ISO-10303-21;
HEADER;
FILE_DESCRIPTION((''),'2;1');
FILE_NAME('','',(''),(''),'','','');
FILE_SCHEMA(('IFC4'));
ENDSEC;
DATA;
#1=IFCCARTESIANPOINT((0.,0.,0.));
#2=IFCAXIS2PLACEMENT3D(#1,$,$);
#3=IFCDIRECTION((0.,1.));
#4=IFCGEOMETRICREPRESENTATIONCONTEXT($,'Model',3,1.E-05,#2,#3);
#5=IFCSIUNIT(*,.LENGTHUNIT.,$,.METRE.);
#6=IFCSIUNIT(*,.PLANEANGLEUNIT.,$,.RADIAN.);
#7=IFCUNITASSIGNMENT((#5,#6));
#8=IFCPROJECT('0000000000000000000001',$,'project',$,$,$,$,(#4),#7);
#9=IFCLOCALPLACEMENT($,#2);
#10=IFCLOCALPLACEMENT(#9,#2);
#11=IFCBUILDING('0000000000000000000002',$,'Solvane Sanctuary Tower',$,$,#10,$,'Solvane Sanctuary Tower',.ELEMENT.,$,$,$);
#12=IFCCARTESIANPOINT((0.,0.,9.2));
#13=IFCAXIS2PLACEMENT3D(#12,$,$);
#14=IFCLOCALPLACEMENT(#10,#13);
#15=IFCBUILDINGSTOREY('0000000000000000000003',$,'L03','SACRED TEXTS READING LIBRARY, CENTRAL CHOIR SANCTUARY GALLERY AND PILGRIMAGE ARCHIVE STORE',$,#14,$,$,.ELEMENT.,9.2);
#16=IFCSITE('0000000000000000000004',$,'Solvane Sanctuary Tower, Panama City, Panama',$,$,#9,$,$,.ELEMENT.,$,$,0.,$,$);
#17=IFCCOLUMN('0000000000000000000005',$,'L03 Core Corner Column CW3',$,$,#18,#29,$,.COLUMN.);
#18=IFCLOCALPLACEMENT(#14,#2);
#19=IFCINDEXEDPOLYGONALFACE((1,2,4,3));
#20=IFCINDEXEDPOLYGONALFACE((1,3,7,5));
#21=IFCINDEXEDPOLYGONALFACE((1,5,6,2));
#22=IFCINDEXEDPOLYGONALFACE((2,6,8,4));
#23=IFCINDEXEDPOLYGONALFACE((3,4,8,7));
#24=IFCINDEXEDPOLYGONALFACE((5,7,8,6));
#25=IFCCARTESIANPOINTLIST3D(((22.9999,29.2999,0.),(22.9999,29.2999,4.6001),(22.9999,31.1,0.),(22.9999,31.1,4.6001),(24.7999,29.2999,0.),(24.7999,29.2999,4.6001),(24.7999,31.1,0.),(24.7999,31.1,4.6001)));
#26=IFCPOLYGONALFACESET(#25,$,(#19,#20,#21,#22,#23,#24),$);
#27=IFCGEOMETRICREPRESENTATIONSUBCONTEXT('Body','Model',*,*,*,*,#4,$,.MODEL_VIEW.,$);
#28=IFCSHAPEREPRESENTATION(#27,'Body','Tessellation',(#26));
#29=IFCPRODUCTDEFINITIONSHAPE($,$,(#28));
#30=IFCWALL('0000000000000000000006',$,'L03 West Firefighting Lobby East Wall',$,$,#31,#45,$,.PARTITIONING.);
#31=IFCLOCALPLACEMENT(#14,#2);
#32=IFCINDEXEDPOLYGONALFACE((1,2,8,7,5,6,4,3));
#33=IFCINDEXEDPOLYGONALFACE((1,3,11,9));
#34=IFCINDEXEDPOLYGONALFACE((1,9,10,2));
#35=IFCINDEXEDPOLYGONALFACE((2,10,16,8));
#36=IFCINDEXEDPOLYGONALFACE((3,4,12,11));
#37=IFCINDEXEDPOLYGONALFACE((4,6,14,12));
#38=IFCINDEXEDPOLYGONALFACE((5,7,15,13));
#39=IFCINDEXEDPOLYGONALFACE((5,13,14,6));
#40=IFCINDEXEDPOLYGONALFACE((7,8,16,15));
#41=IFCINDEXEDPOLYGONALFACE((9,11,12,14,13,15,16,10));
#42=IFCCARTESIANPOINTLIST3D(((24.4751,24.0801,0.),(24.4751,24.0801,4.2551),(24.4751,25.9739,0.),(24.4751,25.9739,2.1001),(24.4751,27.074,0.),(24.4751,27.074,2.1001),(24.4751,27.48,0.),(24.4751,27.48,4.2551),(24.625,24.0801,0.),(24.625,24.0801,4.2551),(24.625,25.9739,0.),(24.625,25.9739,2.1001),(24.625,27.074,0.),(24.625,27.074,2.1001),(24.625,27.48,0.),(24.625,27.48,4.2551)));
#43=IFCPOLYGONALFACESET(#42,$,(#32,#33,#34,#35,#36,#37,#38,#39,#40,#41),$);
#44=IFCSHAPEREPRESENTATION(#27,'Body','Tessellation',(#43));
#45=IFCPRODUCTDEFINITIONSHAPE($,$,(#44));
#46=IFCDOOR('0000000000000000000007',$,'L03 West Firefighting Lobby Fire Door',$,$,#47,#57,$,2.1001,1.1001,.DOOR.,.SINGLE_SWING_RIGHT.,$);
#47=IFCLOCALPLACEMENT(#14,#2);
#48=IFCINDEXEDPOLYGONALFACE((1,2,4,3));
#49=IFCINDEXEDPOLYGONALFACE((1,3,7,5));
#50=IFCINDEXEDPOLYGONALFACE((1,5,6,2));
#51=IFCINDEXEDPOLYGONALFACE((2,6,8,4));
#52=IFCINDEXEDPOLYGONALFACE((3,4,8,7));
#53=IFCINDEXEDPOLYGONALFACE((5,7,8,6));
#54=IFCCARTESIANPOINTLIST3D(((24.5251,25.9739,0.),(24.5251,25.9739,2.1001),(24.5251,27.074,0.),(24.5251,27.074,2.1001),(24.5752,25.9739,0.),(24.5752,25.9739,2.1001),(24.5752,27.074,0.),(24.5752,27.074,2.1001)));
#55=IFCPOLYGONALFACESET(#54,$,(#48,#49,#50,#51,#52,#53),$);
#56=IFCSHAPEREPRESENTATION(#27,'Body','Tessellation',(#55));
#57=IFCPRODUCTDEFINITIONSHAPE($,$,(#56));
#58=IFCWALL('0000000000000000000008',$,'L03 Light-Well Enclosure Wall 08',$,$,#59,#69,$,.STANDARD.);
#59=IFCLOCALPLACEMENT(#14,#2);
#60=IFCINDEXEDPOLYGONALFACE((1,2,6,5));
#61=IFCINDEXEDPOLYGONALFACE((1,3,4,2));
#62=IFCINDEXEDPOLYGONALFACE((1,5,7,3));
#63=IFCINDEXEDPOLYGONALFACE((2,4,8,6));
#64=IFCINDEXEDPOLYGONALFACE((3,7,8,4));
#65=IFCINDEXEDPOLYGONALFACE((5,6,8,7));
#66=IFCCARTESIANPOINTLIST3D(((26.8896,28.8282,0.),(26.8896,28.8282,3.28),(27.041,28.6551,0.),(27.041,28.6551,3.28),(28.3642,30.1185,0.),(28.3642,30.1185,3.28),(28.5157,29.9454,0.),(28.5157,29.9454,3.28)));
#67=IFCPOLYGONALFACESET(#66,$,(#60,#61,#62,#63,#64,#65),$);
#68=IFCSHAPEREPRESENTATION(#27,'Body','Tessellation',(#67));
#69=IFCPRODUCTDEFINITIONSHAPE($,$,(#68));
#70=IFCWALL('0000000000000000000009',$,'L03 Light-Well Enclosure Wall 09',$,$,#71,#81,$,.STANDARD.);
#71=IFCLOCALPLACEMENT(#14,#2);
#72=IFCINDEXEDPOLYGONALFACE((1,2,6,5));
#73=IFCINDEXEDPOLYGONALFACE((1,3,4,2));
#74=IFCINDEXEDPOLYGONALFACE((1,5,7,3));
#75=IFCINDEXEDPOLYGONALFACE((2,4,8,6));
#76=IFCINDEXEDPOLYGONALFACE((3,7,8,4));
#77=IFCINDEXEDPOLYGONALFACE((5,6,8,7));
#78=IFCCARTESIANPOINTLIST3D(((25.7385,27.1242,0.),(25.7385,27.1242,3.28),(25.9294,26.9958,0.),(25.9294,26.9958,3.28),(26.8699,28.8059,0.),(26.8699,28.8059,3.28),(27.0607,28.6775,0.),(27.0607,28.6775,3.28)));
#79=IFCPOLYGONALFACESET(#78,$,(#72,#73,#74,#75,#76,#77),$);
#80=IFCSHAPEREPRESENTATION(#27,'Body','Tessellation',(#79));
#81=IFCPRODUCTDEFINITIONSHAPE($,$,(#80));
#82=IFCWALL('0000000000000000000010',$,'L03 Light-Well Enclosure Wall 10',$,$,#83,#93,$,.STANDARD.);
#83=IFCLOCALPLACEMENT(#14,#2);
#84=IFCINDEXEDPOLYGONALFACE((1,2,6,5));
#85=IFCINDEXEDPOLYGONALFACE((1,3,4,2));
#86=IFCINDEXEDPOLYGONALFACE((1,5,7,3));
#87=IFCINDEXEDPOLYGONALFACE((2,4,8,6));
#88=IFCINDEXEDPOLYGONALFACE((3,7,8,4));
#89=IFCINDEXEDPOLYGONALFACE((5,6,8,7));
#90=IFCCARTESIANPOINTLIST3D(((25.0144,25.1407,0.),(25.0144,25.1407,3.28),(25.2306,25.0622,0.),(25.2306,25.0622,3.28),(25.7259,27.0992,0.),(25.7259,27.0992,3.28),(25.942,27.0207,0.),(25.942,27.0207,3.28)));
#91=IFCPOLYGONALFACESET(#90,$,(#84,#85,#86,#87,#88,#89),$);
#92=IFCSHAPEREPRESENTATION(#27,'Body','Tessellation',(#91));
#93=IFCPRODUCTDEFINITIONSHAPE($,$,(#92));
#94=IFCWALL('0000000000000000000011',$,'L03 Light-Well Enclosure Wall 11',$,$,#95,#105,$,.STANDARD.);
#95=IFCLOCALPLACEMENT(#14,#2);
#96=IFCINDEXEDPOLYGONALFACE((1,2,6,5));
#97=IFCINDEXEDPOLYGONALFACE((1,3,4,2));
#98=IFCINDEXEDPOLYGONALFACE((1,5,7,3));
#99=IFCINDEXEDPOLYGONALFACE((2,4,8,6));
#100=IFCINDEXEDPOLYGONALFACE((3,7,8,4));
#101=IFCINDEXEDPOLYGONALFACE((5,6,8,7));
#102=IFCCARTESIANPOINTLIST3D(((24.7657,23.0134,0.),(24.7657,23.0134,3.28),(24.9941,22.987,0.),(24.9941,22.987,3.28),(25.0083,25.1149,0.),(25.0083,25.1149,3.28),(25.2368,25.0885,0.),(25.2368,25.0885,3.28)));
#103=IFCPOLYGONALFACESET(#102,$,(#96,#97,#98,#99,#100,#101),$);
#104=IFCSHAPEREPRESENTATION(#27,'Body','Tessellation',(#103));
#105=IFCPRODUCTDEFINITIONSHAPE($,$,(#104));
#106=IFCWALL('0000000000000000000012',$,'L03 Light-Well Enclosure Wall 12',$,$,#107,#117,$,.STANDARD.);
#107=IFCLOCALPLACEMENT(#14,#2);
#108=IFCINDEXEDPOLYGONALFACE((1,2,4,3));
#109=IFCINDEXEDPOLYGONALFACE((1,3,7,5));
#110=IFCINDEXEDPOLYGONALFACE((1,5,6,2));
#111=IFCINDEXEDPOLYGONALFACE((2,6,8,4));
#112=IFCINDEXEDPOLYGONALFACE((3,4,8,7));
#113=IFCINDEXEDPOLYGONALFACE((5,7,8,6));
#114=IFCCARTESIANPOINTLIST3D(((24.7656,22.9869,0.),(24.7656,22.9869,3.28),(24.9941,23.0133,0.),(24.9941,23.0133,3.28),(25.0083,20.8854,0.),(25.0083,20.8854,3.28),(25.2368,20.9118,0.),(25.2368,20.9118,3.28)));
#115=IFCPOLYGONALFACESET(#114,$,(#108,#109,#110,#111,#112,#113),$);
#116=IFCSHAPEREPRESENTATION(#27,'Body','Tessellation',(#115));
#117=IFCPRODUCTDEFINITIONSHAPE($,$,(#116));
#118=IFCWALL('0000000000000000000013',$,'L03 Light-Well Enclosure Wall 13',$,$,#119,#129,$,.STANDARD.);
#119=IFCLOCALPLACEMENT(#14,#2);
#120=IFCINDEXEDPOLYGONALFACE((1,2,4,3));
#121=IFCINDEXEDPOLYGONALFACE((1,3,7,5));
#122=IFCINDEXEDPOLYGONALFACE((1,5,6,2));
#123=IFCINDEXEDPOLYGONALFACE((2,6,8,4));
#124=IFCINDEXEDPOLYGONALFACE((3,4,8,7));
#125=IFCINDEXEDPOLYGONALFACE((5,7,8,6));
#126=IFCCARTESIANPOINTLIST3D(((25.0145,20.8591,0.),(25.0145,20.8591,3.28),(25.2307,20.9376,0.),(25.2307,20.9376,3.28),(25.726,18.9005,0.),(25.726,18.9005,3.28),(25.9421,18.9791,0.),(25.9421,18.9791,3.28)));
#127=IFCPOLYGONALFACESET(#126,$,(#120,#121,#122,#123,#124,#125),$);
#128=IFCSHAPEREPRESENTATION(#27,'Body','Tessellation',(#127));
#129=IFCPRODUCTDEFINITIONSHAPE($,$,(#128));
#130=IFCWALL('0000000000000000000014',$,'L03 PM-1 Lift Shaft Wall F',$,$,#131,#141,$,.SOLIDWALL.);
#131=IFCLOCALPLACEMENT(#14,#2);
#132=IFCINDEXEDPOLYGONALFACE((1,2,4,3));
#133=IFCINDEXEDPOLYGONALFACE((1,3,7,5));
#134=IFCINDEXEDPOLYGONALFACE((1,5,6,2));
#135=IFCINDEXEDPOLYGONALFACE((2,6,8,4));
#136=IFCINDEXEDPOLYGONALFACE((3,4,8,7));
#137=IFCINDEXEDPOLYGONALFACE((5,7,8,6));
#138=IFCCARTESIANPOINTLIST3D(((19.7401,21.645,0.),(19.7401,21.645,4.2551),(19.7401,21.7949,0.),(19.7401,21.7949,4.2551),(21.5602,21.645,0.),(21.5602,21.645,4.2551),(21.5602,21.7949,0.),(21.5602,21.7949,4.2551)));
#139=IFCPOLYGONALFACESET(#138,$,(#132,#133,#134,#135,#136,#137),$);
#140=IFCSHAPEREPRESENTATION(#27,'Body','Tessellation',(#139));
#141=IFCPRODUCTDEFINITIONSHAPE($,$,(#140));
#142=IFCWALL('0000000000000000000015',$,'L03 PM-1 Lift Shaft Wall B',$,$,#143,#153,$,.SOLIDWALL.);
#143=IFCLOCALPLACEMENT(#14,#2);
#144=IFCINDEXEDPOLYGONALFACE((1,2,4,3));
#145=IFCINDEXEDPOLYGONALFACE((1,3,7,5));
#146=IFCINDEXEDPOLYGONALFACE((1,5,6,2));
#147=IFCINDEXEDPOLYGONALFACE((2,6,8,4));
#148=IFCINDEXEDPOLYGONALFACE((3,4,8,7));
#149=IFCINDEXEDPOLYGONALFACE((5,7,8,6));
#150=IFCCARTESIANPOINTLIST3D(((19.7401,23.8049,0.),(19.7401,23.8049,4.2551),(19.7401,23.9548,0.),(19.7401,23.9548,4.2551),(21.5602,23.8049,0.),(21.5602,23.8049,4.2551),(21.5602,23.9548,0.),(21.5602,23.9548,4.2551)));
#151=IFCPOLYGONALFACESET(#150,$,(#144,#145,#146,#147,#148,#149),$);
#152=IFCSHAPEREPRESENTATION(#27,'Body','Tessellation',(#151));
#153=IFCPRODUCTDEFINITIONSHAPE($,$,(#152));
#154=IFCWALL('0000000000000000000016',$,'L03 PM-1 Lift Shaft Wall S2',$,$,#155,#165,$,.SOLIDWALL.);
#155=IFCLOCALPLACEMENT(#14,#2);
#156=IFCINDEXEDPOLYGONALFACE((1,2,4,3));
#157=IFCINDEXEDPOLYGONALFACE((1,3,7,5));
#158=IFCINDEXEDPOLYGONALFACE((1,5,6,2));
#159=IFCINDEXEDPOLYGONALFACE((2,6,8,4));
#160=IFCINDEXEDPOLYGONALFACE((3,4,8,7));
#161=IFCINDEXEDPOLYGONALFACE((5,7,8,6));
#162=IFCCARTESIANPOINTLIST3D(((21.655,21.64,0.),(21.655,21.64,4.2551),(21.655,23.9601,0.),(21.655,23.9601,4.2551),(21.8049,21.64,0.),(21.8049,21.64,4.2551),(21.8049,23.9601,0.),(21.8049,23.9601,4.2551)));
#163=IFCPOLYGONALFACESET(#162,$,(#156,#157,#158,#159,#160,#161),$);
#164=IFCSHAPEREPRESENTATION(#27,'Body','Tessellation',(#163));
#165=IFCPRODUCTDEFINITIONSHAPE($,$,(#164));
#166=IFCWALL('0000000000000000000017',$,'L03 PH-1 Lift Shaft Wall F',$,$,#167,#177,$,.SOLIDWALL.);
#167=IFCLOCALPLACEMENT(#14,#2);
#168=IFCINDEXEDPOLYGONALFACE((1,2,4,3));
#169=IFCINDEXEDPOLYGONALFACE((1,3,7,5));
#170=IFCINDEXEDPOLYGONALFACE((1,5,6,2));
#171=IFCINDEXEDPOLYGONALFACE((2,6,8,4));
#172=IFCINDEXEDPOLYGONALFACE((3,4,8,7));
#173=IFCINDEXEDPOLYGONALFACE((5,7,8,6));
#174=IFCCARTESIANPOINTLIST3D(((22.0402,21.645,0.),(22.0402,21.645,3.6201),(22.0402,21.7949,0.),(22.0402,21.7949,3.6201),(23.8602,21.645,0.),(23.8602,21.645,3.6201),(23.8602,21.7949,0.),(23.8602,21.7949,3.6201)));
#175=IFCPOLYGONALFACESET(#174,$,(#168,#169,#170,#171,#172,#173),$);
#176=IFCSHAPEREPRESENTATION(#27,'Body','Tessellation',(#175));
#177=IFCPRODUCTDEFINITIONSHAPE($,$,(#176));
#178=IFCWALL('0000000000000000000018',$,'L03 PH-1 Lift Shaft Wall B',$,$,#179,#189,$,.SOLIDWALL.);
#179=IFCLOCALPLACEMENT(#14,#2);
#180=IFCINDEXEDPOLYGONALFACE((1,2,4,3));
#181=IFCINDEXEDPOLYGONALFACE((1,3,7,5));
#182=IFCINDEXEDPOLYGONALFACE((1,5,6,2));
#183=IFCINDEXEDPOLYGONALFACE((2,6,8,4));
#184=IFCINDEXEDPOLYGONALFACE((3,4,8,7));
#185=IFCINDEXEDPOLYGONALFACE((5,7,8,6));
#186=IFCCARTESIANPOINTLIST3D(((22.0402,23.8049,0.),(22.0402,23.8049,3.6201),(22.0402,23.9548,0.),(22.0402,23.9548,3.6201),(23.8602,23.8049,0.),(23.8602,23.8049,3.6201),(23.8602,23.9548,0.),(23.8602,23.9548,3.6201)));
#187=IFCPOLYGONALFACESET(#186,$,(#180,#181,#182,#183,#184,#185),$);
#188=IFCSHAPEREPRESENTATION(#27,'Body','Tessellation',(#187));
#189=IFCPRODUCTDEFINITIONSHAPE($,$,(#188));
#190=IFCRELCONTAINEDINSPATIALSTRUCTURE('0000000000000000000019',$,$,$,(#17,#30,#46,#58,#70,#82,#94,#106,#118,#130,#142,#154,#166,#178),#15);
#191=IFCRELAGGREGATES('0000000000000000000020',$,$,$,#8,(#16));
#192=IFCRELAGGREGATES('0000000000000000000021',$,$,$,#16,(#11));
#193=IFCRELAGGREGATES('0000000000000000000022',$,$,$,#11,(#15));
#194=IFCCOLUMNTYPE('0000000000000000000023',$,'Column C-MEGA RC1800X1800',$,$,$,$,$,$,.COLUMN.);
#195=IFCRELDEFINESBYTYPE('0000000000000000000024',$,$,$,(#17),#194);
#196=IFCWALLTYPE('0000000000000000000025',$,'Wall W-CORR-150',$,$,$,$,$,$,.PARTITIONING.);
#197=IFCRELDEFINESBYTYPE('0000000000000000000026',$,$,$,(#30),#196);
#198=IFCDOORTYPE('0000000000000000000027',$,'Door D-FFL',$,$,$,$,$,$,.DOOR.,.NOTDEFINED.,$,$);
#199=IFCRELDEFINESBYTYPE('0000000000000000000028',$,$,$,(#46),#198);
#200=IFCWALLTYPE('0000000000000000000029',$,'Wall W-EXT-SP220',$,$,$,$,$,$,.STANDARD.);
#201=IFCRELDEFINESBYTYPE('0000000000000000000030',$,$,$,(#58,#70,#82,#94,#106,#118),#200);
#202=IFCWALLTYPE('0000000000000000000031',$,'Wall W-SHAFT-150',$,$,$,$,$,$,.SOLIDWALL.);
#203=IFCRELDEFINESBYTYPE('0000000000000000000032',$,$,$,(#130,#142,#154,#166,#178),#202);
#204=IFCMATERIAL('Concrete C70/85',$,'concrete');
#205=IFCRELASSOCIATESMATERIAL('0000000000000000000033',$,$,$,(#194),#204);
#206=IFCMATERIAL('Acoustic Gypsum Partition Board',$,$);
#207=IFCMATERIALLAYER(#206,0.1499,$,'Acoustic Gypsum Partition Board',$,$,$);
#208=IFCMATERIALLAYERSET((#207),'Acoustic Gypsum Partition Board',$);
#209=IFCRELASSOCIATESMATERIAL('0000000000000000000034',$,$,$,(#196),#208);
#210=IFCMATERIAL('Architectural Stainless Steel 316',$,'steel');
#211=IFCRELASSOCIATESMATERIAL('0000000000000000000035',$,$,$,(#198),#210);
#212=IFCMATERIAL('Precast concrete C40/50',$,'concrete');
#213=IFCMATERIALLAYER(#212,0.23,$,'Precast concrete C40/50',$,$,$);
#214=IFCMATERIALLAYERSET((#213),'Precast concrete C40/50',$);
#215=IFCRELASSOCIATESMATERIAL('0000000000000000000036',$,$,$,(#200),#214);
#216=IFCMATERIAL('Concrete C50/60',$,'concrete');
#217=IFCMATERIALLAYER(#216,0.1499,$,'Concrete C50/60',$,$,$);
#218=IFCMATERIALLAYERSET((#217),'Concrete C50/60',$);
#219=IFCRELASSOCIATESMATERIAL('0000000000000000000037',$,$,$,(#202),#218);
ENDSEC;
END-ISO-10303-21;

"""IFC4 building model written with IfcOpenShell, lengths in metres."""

from ifc_helpers import new_model, si_unit, direction, frame, frame_2d, origin, origin_2d, place, context, subcontext, project, spatial, rectangle, extrude, material, layer, layer_set, material_profile, profile_set, type_object, element, fill, save


model = new_model("IFC4")

# Units and contexts
model_context = context("Model", 3, precision=1e-05, world=origin(), true_north=direction((0.0, 1.0)))
body_context = subcontext(model_context, "Body", "Model", "MODEL_VIEW")
ifc_project = project(units=[si_unit("LENGTHUNIT", "METRE"), si_unit("PLANEANGLEUNIT", "RADIAN")], contexts=[model_context])

# Site, building, storey
site_placement = place(None, origin())
site = spatial("IfcSite", under=ifc_project, at=site_placement, Name="Solvane Sanctuary Tower, Panama City, Panama", CompositionType="ELEMENT", RefElevation=0.0)
building_placement = place(site_placement, origin())
building = spatial("IfcBuilding", under=site, at=building_placement, Name="Solvane Sanctuary Tower", LongName="Solvane Sanctuary Tower", CompositionType="ELEMENT")
storey_placement = place(building_placement, frame((0.0, 0.0, 9.2)))
storey = spatial("IfcBuildingStorey", under=building, at=storey_placement, Name="L03", Description="SACRED TEXTS READING LIBRARY, CENTRAL CHOIR SANCTUARY GALLERY AND PILGRIMAGE ARCHIVE STORE", CompositionType="ELEMENT", Elevation=9.2)

# Column
ifc_material_1 = material(Name="Concrete C70/85", Category="concrete")
ifc_material_profile = material_profile(ifc_material_1, rectangle(XDim=1.8, YDim=1.8, at=origin_2d()), Name="RC1800X1800")
ifc_profile_set = profile_set([ifc_material_profile], Name="Concrete C70/85")
column_type = type_object("IfcColumnType", Name="Column C-MEGA RC1800X1800", PredefinedType="COLUMN", material=ifc_profile_set)
column_placement = place(storey_placement, frame((23.8999, 30.2, 0.0), z_axis=(0.0, 0.0, 1.0), x_axis=(1.0, 0.0, 0.0)))
element("IfcColumn", 1, at=column_placement, inside=storey, type_object=column_type, Name="L03 Core Corner Column CW3", PredefinedType="COLUMN", context=body_context, shape_type="SweptSolid", body=[
    extrude(rectangle(XDim=1.8, YDim=1.8, at=origin_2d()), origin(), (0.0, 0.0, 1.0), 4.6001),
])

# Wall, opening, door
ifc_material_2 = material(Name="Acoustic Gypsum Partition Board")
ifc_layer_1 = layer(ifc_material_2, 0.1499, Name="Acoustic Gypsum Partition Board")
ifc_layer_set_1 = layer_set([ifc_layer_1], Name="Acoustic Gypsum Partition Board")
wall_type_1 = type_object("IfcWallType", Name="Wall W-CORR-150", PredefinedType="PARTITIONING", material=ifc_layer_set_1)
wall_1_placement = place(storey_placement, frame((24.55, 24.0801, 0.0), z_axis=(0.0, 0.0, 1.0), x_axis=(0.0, 1.0, 0.0)))
wall_1 = element("IfcWall", 2, at=wall_1_placement, inside=storey, type_object=wall_type_1, Name="L03 West Firefighting Lobby East Wall", PredefinedType="PARTITIONING", context=body_context, shape_type="SweptSolid", body=[
    extrude(rectangle(XDim=3.3999, YDim=0.1499, at=frame_2d((1.7, 0.0))), origin(), (0.0, 0.0, 1.0), 4.2551),
])
opening_1_placement = place(wall_1_placement, frame((1.8938, 0.0, 0.0)))
opening_1 = element("IfcOpeningElement", 3, at=opening_1_placement, cuts=wall_1, PredefinedType="OPENING", context=body_context, shape_type="SweptSolid", body=[
    extrude(rectangle(XDim=1.1001, YDim=2.1001, at=frame_2d((0.55, 1.05))), frame((0.0, 0.085, 0.0), z_axis=(0.0, -1.0, 0.0), x_axis=(1.0, 0.0, 0.0)), (0.0, 0.0, 1.0), 0.1699),
])
ifc_material_3 = material(Name="Architectural Stainless Steel 316", Category="steel")
door_type_1 = type_object("IfcDoorType", Name="Door D-FFL", OperationType="NOTDEFINED", PredefinedType="DOOR", material=ifc_material_3)
door_1_placement = place(opening_1_placement, origin())
door_1 = element("IfcDoor", 4, at=door_1_placement, inside=storey, type_object=door_type_1, Name="L03 West Firefighting Lobby Fire Door", OperationType="SINGLE_SWING_RIGHT", OverallHeight=2.1001, OverallWidth=1.1001, PredefinedType="DOOR", context=body_context, shape_type="SweptSolid", body=[
    extrude(rectangle(XDim=1.1001, YDim=2.1001, at=frame_2d((0.55, 1.05))), frame((0.0, 0.0249, 0.0), z_axis=(0.0, -1.0, 0.0), x_axis=(1.0, 0.0, 0.0)), (0.0, 0.0, 1.0), 0.05),
])
fill(opening_1, door_1)

# Walls
ifc_material_4 = material(Name="Precast concrete C40/50", Category="concrete")
ifc_layer_2 = layer(ifc_material_4, 0.23, Name="Precast concrete C40/50")
ifc_layer_set_2 = layer_set([ifc_layer_2], Name="Precast concrete C40/50")
wall_type_2 = type_object("IfcWallType", Name="Wall W-EXT-SP220", PredefinedType="STANDARD", material=ifc_layer_set_2)
wall_2_placement = place(storey_placement, frame((28.4399, 30.032, 0.0), z_axis=(0.0, 0.0, 1.0), x_axis=(-0.752577, -0.658505, 0.0)))
element("IfcWall", 5, at=wall_2_placement, inside=storey, type_object=wall_type_2, Name="L03 Light-Well Enclosure Wall 08", PredefinedType="STANDARD", context=body_context, shape_type="SweptSolid", body=[
    extrude(rectangle(XDim=1.9595, YDim=0.23, at=frame_2d((0.9797, 0.0))), origin(), (0.0, 0.0, 1.0), 3.28),
])
wall_3_placement = place(storey_placement, frame((26.9653, 28.7417, 0.0), z_axis=(0.0, 0.0, 1.0), x_axis=(-0.558198, -0.829708, 0.0)))
element("IfcWall", 6, at=wall_3_placement, inside=storey, type_object=wall_type_2, Name="L03 Light-Well Enclosure Wall 09", PredefinedType="STANDARD", context=body_context, shape_type="SweptSolid", body=[
    extrude(rectangle(XDim=2.0269, YDim=0.23, at=frame_2d((1.0134, 0.0))), origin(), (0.0, 0.0, 1.0), 3.28),
])
wall_4_placement = place(storey_placement, frame((25.834, 27.0601, 0.0), z_axis=(0.0, 0.0, 1.0), x_axis=(-0.341423, -0.93991, 0.0)))
element("IfcWall", 7, at=wall_4_placement, inside=storey, type_object=wall_type_2, Name="L03 Light-Well Enclosure Wall 10", PredefinedType="STANDARD", context=body_context, shape_type="SweptSolid", body=[
    extrude(rectangle(XDim=2.0837, YDim=0.23, at=frame_2d((1.042, 0.0))), origin(), (0.0, 0.0, 1.0), 3.28),
])
for number, where, z_axis, x_axis, name in (
    (8, (25.1226, 25.1016, 0.0), (0.0, 0.0, 1.0), (-0.114712, -0.993399, 0.0), "L03 Light-Well Enclosure Wall 11"),
    (9, (24.8799, 23.0, 0.0), (0.0, 0.0, 1.0), (0.114712, -0.993399, 0.0), "L03 Light-Well Enclosure Wall 12"),
):
    element("IfcWall", number, at=place(storey_placement, frame(where, z_axis=z_axis, x_axis=x_axis)), inside=storey, type_object=wall_type_2, Name=name, PredefinedType="STANDARD", context=body_context, shape_type="SweptSolid", body=[
        extrude(rectangle(XDim=2.1155, YDim=0.23, at=frame_2d((1.0576, 0.0))), origin(), (0.0, 0.0, 1.0), 3.28),
    ])
wall_5_placement = place(storey_placement, frame((25.1226, 20.8984, 0.0), z_axis=(0.0, 0.0, 1.0), x_axis=(0.341423, -0.93991, 0.0)))
element("IfcWall", 10, at=wall_5_placement, inside=storey, type_object=wall_type_2, Name="L03 Light-Well Enclosure Wall 13", PredefinedType="STANDARD", context=body_context, shape_type="SweptSolid", body=[
    extrude(rectangle(XDim=2.0837, YDim=0.23, at=frame_2d((1.042, 0.0))), origin(), (0.0, 0.0, 1.0), 3.28),
])
ifc_material_5 = material(Name="Concrete C50/60", Category="concrete")
ifc_layer_3 = layer(ifc_material_5, 0.1499, Name="Concrete C50/60")
ifc_layer_set_3 = layer_set([ifc_layer_3], Name="Concrete C50/60")
wall_type_3 = type_object("IfcWallType", Name="Wall W-SHAFT-150", PredefinedType="SOLIDWALL", material=ifc_layer_set_3)
for number, where, z_axis, x_axis, name in (
    (11, (19.74, 21.72, 0.0), (0.0, 0.0, 1.0), (1.0, 0.0, 0.0), "L03 PM-1 Lift Shaft Wall F"),
    (12, (19.74, 23.8799, 0.0), (0.0, 0.0, 1.0), (1.0, 0.0, 0.0), "L03 PM-1 Lift Shaft Wall B"),
):
    element("IfcWall", number, at=place(storey_placement, frame(where, z_axis=z_axis, x_axis=x_axis)), inside=storey, type_object=wall_type_3, Name=name, PredefinedType="SOLIDWALL", context=body_context, shape_type="SweptSolid", body=[
        extrude(rectangle(XDim=1.8201, YDim=0.1499, at=frame_2d((0.9102, 0.0))), origin(), (0.0, 0.0, 1.0), 4.2551),
    ])
wall_6_placement = place(storey_placement, frame((21.73, 21.6399, 0.0), z_axis=(0.0, 0.0, 1.0), x_axis=(0.0, 1.0, 0.0)))
element("IfcWall", 13, at=wall_6_placement, inside=storey, type_object=wall_type_3, Name="L03 PM-1 Lift Shaft Wall S2", PredefinedType="SOLIDWALL", context=body_context, shape_type="SweptSolid", body=[
    extrude(rectangle(XDim=2.3201, YDim=0.1499, at=frame_2d((1.1602, 0.0))), origin(), (0.0, 0.0, 1.0), 4.2551),
])
for number, where, z_axis, x_axis, name in (
    (14, (22.04, 21.72, 0.0), (0.0, 0.0, 1.0), (1.0, 0.0, 0.0), "L03 PH-1 Lift Shaft Wall F"),
    (15, (22.04, 23.8799, 0.0), (0.0, 0.0, 1.0), (1.0, 0.0, 0.0), "L03 PH-1 Lift Shaft Wall B"),
):
    element("IfcWall", number, at=place(storey_placement, frame(where, z_axis=z_axis, x_axis=x_axis)), inside=storey, type_object=wall_type_3, Name=name, PredefinedType="SOLIDWALL", context=body_context, shape_type="SweptSolid", body=[
        extrude(rectangle(XDim=1.8201, YDim=0.1499, at=frame_2d((0.9102, 0.0))), origin(), (0.0, 0.0, 1.0), 3.6201),
    ])

save(model, "model.ifc")
